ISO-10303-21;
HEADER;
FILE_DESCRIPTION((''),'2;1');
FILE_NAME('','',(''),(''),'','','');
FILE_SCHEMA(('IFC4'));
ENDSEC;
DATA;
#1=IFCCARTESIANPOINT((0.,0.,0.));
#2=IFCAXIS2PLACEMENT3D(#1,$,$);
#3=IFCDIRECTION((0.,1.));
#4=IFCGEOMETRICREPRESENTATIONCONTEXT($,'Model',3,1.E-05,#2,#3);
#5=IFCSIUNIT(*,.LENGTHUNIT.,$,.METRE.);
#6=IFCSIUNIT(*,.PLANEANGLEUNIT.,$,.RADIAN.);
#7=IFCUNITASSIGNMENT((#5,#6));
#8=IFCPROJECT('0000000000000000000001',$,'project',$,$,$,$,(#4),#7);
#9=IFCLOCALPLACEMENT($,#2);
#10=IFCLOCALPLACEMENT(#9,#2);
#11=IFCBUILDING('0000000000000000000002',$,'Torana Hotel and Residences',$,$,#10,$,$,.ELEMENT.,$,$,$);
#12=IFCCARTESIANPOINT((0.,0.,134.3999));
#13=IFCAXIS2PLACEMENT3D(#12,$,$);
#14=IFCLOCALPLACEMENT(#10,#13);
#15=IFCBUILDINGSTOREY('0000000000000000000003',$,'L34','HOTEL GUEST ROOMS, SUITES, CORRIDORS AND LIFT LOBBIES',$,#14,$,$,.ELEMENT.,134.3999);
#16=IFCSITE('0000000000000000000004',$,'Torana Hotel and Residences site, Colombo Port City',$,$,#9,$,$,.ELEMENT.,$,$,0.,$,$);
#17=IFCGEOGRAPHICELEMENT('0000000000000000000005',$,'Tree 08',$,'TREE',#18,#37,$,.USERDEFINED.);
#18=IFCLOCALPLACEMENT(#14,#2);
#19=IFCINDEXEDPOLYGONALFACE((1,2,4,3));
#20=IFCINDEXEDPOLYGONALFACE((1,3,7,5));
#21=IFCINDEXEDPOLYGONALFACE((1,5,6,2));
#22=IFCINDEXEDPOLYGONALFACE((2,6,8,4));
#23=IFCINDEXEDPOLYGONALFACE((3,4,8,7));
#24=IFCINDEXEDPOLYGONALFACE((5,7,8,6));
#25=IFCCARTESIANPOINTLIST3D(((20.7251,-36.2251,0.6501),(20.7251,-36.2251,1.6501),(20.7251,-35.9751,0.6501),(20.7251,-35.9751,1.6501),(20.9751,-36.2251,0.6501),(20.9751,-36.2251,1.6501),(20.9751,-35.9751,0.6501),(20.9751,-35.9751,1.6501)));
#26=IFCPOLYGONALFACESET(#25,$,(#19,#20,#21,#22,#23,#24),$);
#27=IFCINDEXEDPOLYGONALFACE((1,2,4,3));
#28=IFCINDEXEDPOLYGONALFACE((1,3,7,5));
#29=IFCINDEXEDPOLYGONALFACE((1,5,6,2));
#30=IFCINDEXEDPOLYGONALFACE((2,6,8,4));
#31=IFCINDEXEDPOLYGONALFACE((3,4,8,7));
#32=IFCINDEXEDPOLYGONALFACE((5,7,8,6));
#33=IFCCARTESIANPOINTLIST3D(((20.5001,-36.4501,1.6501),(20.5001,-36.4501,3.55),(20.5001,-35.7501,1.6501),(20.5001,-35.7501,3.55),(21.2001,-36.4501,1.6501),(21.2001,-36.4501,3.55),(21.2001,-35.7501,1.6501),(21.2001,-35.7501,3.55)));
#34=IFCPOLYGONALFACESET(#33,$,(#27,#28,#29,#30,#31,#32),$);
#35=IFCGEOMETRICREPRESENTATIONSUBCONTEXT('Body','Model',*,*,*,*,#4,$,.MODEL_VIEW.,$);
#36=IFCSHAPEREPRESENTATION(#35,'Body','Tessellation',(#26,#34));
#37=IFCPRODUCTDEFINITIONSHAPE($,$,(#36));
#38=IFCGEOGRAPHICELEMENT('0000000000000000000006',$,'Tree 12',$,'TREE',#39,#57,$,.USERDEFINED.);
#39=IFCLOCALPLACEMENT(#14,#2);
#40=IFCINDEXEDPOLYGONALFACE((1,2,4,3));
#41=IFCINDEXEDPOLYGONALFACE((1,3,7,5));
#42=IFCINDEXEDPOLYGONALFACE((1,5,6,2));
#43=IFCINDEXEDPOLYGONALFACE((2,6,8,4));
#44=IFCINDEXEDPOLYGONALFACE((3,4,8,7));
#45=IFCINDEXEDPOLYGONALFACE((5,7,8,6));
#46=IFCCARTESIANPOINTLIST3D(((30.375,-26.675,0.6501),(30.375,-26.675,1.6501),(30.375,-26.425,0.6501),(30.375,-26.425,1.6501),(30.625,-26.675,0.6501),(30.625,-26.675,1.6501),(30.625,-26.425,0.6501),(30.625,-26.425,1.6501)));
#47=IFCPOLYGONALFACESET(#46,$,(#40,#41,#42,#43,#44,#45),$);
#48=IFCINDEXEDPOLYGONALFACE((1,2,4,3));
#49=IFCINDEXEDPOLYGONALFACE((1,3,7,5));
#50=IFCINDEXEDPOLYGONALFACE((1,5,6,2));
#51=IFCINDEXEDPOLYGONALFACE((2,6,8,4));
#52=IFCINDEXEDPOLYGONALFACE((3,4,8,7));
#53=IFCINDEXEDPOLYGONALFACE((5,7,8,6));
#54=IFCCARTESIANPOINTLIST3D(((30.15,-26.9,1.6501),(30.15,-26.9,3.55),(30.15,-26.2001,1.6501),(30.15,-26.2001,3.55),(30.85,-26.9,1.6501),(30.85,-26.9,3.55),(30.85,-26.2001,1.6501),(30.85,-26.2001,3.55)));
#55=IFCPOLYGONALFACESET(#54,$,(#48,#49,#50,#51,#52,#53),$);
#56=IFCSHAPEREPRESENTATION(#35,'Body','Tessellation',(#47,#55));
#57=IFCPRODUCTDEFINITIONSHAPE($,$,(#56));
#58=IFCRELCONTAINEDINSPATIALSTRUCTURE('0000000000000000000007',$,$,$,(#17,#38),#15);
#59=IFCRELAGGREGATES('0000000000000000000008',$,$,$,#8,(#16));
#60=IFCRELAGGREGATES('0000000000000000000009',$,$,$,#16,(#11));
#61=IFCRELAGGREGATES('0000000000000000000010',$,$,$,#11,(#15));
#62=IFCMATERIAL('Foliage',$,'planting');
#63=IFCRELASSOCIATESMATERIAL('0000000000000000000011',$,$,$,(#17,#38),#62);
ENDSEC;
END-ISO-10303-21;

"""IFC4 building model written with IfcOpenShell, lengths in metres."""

from ifc_helpers import new_model, si_unit, direction, frame, origin, origin_2d, place, context, subcontext, project, spatial, rectangle, extrude, material, element, save


model = new_model("IFC4")

# Units and contexts
model_context = context("Model", 3, precision=1e-05, world=origin(), true_north=direction((0.0, 1.0)))
body_context = subcontext(model_context, "Body", "Model", "MODEL_VIEW")
ifc_project = project(units=[si_unit("LENGTHUNIT", "METRE"), si_unit("PLANEANGLEUNIT", "RADIAN")], contexts=[model_context])

# Site, building, storey
site_placement = place(None, origin())
site = spatial("IfcSite", under=ifc_project, at=site_placement, Name="Torana Hotel and Residences site, Colombo Port City", CompositionType="ELEMENT", RefElevation=0.0)
building_placement = place(site_placement, origin())
building = spatial("IfcBuilding", under=site, at=building_placement, Name="Torana Hotel and Residences", CompositionType="ELEMENT")
storey_placement = place(building_placement, frame((0.0, 0.0, 134.3999)))
storey = spatial("IfcBuildingStorey", under=building, at=storey_placement, Name="L34", Description="HOTEL GUEST ROOMS, SUITES, CORRIDORS AND LIFT LOBBIES", CompositionType="ELEMENT", Elevation=134.3999)

# Geographic elements
ifc_material_1 = material(Name="Foliage", Category="planting")
for number, where, z_axis, x_axis, name in (
    (1, (20.8501, -36.1001, 0.6501), (0.0, 0.0, 1.0), (1.0, 0.0, 0.0), "Tree 08"),
    (2, (30.5, -26.55, 0.6501), (0.0, 0.0, 1.0), (1.0, 0.0, 0.0), "Tree 12"),
):
    element("IfcGeographicElement", number, at=place(storey_placement, frame(where, z_axis=z_axis, x_axis=x_axis)), inside=storey, material=ifc_material_1, Name=name, ObjectType="TREE", PredefinedType="USERDEFINED", context=body_context, shape_type="SweptSolid", body=[
        extrude(rectangle(XDim=0.25, YDim=0.25, at=origin_2d()), origin(), (0.0, 0.0, 1.0), 1.0),
        extrude(rectangle(XDim=0.7, YDim=0.7, at=origin_2d()), frame((0.0, 0.0, 1.0)), (0.0, 0.0, 1.0), 1.8999),
    ])

save(model, "model.ifc")
